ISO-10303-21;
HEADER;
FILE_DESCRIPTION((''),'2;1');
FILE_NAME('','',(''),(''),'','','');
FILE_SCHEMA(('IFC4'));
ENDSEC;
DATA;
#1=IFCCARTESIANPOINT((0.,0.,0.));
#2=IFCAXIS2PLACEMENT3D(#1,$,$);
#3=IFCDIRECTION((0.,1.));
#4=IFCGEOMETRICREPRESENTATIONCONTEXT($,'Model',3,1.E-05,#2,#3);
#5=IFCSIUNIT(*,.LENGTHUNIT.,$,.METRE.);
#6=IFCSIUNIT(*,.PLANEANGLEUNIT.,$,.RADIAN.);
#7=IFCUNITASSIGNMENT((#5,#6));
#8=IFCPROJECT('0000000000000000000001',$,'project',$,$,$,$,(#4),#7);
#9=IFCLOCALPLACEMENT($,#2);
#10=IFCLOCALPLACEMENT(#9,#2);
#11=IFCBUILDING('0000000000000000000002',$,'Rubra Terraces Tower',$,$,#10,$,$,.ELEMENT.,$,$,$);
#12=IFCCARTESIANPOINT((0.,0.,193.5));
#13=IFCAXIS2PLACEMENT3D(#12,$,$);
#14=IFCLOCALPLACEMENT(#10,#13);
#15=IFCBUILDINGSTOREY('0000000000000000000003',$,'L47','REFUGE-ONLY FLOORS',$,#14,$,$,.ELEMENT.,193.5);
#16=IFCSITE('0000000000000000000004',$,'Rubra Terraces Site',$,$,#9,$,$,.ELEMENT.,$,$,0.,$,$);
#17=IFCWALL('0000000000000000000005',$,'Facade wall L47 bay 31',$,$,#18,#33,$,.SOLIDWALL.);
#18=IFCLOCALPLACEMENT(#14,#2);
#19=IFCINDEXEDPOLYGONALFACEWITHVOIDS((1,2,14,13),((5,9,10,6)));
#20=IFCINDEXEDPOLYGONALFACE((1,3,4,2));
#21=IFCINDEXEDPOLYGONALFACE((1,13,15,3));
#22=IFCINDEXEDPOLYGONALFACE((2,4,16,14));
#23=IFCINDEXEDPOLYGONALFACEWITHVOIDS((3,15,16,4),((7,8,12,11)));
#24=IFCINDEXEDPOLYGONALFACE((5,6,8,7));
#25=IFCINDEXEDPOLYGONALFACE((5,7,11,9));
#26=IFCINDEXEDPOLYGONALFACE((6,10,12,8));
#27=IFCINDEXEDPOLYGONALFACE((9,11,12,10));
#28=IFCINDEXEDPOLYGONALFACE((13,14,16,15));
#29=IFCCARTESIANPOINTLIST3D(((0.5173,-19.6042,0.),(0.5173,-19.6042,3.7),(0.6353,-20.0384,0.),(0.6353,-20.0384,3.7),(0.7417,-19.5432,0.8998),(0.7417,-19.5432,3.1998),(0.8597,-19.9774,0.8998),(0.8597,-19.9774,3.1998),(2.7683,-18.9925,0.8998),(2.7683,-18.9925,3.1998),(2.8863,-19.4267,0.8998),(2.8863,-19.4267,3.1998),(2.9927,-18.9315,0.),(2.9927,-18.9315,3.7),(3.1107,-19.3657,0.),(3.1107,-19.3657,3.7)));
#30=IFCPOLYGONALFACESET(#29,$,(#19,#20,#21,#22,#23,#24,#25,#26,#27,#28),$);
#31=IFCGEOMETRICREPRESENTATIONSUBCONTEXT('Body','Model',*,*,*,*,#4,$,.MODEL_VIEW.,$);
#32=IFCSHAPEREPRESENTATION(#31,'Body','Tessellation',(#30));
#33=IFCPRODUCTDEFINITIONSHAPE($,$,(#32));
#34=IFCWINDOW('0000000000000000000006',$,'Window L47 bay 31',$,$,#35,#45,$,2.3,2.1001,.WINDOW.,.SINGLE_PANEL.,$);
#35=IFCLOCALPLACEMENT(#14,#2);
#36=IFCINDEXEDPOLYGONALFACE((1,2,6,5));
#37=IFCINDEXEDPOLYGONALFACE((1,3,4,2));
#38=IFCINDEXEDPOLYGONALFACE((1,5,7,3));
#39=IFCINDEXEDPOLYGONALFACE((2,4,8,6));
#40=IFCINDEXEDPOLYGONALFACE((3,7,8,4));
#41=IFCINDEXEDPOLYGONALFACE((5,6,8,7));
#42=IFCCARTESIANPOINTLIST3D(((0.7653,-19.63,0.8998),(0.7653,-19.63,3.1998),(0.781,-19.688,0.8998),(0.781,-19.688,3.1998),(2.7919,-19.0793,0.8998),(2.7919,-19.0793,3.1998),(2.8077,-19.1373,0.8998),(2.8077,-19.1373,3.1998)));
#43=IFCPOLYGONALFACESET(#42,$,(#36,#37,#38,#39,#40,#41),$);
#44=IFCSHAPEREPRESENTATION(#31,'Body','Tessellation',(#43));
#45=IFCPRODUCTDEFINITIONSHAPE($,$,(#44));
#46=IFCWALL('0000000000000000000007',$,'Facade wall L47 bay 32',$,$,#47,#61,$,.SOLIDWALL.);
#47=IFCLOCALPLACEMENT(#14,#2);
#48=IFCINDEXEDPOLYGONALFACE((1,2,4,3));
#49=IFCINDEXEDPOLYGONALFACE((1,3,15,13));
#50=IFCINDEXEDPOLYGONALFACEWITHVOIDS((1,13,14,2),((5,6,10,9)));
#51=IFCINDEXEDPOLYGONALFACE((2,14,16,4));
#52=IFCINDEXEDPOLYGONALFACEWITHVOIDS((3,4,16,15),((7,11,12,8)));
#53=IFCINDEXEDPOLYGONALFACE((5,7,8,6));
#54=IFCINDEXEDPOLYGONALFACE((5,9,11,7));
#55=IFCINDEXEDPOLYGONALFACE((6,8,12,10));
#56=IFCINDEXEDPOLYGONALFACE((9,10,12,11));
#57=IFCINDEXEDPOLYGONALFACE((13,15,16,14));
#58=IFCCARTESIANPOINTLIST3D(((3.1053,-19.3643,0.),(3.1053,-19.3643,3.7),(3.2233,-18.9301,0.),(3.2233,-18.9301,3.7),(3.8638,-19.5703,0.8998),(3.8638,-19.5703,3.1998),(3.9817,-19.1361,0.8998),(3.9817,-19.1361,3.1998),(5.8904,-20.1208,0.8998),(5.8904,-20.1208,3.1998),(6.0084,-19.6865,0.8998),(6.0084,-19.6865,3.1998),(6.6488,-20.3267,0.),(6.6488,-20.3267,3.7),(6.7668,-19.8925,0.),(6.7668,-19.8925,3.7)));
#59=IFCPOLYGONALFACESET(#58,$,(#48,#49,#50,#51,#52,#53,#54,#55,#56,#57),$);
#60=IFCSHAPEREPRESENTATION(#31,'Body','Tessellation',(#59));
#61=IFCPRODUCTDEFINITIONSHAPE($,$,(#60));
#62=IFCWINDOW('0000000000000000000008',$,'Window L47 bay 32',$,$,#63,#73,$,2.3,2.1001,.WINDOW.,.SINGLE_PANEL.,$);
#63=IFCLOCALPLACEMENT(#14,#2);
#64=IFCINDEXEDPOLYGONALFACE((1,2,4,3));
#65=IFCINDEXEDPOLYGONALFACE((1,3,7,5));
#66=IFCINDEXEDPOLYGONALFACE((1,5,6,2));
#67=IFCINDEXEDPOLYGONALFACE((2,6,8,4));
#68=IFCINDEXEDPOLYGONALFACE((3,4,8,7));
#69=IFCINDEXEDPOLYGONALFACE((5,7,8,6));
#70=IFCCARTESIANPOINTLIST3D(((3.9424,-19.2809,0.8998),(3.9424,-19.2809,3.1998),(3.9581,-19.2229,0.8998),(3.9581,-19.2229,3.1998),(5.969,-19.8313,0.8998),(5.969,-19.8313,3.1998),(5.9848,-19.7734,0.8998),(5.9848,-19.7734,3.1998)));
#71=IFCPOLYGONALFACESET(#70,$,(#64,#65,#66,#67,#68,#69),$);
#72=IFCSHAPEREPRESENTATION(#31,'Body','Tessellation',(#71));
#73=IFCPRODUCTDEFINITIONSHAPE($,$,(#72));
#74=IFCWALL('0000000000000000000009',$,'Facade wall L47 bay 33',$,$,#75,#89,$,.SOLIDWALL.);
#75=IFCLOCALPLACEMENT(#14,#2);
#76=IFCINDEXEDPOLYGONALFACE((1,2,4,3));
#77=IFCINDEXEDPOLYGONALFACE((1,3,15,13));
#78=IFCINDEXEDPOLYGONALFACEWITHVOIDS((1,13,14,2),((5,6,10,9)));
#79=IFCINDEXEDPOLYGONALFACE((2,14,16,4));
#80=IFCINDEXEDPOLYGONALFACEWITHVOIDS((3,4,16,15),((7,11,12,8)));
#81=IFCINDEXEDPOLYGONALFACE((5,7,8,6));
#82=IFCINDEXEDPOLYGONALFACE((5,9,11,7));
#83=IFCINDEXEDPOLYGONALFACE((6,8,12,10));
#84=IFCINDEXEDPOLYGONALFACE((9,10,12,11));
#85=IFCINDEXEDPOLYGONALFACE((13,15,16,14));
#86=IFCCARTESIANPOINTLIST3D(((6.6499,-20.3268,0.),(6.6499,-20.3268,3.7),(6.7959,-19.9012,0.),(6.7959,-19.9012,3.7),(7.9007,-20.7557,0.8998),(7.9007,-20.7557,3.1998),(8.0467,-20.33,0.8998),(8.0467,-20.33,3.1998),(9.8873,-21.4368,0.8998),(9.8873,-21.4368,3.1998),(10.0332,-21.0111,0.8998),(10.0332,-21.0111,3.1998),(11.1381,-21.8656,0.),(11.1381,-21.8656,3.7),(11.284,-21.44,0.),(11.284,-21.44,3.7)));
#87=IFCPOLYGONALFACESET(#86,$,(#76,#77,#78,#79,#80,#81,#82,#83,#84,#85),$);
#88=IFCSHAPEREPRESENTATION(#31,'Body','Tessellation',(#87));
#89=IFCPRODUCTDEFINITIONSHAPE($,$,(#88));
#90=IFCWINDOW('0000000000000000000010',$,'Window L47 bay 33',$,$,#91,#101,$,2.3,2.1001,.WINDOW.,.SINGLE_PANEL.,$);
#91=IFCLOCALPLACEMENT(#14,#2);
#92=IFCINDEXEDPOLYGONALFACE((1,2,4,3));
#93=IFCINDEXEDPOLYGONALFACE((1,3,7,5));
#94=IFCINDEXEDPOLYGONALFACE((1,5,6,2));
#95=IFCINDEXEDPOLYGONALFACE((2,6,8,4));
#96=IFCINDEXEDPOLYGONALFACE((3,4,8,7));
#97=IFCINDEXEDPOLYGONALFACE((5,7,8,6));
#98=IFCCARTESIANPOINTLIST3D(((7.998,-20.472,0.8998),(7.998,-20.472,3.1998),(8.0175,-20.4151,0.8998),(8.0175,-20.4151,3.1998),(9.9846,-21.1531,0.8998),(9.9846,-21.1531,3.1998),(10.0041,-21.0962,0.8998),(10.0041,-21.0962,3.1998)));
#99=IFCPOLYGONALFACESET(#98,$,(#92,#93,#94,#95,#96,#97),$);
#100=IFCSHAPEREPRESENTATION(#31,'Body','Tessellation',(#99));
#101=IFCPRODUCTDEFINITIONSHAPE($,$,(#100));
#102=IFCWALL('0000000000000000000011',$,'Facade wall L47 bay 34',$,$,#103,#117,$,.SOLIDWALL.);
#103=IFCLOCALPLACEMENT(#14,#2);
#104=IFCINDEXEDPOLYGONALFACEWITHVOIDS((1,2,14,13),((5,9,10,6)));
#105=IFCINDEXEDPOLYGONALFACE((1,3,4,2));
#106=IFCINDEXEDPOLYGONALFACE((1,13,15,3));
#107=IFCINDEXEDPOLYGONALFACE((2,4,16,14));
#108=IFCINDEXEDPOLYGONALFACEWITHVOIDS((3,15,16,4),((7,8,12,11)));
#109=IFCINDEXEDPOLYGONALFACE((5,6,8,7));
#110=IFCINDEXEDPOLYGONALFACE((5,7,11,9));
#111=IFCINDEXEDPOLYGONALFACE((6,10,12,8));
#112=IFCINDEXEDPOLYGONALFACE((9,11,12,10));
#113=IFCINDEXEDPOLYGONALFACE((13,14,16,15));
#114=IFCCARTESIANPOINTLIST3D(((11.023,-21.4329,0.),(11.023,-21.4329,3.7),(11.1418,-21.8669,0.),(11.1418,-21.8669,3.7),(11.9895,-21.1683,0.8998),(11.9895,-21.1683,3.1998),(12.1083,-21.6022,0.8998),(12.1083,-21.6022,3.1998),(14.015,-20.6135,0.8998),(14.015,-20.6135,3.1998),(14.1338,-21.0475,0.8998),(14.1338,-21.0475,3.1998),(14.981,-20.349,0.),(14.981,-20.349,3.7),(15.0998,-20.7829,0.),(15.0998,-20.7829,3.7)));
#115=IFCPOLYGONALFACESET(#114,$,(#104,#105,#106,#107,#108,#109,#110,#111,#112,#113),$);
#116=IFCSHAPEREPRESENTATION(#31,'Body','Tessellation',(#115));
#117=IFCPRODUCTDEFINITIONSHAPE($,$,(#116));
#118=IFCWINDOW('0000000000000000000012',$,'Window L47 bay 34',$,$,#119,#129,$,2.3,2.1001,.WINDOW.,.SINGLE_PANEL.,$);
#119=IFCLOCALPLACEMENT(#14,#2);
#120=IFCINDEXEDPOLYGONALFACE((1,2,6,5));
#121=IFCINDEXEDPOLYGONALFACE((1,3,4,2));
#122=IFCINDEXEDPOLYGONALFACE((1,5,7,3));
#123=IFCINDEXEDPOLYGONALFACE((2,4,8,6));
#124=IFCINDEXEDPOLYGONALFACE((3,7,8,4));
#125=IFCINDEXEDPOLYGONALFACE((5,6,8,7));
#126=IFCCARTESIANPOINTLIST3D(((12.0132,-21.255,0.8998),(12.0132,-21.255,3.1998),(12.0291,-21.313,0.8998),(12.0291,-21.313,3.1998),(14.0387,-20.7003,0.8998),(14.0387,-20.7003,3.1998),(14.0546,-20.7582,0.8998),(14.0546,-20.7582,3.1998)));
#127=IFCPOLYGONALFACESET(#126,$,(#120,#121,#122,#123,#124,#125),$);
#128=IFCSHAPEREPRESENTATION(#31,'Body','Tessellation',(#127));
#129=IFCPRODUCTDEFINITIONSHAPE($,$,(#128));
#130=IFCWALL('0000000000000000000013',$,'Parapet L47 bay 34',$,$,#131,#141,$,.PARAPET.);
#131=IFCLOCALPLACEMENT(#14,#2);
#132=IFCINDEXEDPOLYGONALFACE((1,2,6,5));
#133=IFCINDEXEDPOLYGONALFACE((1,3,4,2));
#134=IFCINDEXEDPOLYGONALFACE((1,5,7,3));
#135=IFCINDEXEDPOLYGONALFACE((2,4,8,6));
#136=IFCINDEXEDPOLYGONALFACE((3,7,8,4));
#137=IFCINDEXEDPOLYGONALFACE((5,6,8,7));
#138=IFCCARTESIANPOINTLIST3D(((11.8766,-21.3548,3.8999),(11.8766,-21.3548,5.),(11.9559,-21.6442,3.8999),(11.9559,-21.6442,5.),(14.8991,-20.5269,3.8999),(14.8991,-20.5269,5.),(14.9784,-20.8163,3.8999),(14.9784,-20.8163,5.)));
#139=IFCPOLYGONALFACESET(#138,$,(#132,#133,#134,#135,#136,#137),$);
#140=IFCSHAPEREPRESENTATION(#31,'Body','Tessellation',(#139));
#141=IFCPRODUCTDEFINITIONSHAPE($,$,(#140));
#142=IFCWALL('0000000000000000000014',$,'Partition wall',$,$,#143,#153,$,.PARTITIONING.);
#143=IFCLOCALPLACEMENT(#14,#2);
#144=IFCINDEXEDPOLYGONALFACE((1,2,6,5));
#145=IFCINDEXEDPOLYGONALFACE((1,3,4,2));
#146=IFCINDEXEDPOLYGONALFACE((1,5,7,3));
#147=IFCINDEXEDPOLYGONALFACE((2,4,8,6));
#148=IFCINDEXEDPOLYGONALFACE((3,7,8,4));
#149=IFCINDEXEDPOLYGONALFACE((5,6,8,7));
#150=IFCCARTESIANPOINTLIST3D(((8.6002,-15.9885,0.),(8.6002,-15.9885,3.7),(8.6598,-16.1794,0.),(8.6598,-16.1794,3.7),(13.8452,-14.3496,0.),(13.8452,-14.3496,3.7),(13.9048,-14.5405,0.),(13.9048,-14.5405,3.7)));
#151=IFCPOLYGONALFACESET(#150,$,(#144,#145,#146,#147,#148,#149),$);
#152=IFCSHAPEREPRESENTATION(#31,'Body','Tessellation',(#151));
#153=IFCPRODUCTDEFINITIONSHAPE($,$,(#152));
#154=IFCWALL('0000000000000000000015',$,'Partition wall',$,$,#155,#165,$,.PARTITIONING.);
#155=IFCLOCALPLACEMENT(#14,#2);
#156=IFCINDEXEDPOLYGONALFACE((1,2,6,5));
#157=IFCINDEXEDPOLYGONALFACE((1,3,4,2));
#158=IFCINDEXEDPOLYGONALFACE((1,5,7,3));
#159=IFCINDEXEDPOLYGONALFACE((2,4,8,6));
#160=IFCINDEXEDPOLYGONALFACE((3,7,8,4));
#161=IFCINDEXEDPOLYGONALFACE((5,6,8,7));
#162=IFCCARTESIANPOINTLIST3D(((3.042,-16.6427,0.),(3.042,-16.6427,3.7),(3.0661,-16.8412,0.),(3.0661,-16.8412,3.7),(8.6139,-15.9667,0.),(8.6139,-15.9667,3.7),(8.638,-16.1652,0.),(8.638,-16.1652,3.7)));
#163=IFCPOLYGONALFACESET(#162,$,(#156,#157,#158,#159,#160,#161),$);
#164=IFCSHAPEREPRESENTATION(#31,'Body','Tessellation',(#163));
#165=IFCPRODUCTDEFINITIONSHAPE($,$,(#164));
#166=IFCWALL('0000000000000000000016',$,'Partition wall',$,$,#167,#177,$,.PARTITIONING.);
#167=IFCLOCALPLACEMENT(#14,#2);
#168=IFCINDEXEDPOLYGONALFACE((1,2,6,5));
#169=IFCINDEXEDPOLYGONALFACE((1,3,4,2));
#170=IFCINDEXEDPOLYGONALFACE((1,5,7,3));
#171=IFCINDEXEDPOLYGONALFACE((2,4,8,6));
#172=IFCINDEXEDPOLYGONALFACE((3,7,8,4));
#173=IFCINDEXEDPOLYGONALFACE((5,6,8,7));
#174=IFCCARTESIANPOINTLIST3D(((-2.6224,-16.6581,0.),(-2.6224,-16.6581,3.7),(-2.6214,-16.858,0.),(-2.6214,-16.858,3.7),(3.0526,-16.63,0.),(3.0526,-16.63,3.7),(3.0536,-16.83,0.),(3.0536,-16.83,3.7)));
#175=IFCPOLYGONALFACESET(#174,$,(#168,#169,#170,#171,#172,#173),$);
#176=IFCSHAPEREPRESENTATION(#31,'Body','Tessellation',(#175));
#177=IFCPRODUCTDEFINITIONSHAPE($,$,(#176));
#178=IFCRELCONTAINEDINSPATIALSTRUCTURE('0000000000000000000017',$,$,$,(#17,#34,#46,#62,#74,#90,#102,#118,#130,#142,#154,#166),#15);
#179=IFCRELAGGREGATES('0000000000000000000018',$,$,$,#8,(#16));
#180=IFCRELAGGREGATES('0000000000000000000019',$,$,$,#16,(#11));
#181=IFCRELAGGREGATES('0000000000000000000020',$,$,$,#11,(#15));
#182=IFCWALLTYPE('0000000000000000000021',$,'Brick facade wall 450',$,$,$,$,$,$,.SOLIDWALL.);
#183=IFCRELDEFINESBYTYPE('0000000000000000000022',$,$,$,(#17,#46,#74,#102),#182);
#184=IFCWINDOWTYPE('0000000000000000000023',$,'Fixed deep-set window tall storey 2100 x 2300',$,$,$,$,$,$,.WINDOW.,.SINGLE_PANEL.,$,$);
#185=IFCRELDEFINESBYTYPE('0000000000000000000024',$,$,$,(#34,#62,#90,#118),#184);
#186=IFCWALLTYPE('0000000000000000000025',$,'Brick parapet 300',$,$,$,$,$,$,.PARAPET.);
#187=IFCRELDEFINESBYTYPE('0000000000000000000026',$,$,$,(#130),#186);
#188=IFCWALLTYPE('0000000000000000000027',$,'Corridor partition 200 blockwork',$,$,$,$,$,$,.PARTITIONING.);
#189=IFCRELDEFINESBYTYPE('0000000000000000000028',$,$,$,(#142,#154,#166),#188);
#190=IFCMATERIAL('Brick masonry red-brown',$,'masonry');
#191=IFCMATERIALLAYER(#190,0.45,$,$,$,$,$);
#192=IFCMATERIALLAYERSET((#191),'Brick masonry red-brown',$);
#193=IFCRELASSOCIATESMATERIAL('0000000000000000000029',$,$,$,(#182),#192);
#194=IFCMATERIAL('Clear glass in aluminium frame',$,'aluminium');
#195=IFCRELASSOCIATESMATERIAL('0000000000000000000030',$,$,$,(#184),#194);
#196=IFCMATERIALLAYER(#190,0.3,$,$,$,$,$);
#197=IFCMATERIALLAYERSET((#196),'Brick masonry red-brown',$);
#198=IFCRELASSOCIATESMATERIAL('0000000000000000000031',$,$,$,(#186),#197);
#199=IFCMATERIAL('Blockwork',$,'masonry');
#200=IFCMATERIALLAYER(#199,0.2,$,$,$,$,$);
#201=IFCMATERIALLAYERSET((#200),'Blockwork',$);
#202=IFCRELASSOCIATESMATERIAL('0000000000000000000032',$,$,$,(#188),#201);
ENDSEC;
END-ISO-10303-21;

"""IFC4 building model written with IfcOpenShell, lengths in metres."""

from ifc_helpers import new_model, si_unit, direction, frame, frame_2d, origin, place, context, subcontext, project, spatial, rectangle, extrude, material, layer, layer_set, type_object, element, fill, save


model = new_model("IFC4")

# Units and contexts
model_context = context("Model", 3, precision=1e-05, world=origin(), true_north=direction((0.0, 1.0)))
body_context = subcontext(model_context, "Body", "Model", "MODEL_VIEW")
ifc_project = project(units=[si_unit("LENGTHUNIT", "METRE"), si_unit("PLANEANGLEUNIT", "RADIAN")], contexts=[model_context])

# Site, building, storey
site_placement = place(None, origin())
site = spatial("IfcSite", under=ifc_project, at=site_placement, Name="Rubra Terraces Site", CompositionType="ELEMENT", RefElevation=0.0)
building_placement = place(site_placement, origin())
building = spatial("IfcBuilding", under=site, at=building_placement, Name="Rubra Terraces Tower", CompositionType="ELEMENT")
storey_placement = place(building_placement, frame((0.0, 0.0, 193.5)))
storey = spatial("IfcBuildingStorey", under=building, at=storey_placement, Name="L47", Description="REFUGE-ONLY FLOORS", CompositionType="ELEMENT", Elevation=193.5)

# Walls, openings, windows
ifc_material_1 = material(Name="Brick masonry red-brown", Category="masonry")
ifc_layer_1 = layer(ifc_material_1, 0.45)
ifc_layer_set_1 = layer_set([ifc_layer_1], Name="Brick masonry red-brown")
wall_type_1 = type_object("IfcWallType", Name="Brick facade wall 450", PredefinedType="SOLIDWALL", material=ifc_layer_set_1)
wall_1_placement = place(storey_placement, frame((0.5762, -19.8213, 0.0), z_axis=(0.0, 0.0, 1.0), x_axis=(0.965009, 0.262215, 0.0)))
wall_1 = element("IfcWall", 1, at=wall_1_placement, inside=storey, type_object=wall_type_1, Name="Facade wall L47 bay 31", PredefinedType="SOLIDWALL", context=body_context, shape_type="SweptSolid", body=[
    extrude(rectangle(XDim=2.5652, YDim=0.45, at=frame_2d((1.2827, 0.0))), origin(), (0.0, 0.0, 1.0), 3.7),
])
opening_1_placement = place(wall_1_placement, frame((0.2327, 0.0, 0.8999)))
opening_1 = element("IfcOpeningElement", 2, at=opening_1_placement, cuts=wall_1, PredefinedType="OPENING", context=body_context, shape_type="SweptSolid", body=[
    extrude(rectangle(XDim=2.1001, YDim=2.3, at=frame_2d((1.05, 1.1499))), frame((0.0, 0.2349, 0.0), z_axis=(0.0, -1.0, 0.0), x_axis=(1.0, 0.0, 0.0)), (0.0, 0.0, 1.0), 0.47),
])
ifc_material_2 = material(Name="Clear glass in aluminium frame", Category="aluminium")
window_type = type_object("IfcWindowType", Name="Fixed deep-set window tall storey 2100 x 2300", PartitioningType="SINGLE_PANEL", PredefinedType="WINDOW", material=ifc_material_2)
window_1_placement = place(opening_1_placement, origin())
window_1 = element("IfcWindow", 3, at=window_1_placement, inside=storey, type_object=window_type, Name="Window L47 bay 31", OverallHeight=2.3, OverallWidth=2.1001, PartitioningType="SINGLE_PANEL", PredefinedType="WINDOW", context=body_context, shape_type="SweptSolid", body=[
    extrude(rectangle(XDim=2.1001, YDim=2.3, at=frame_2d((1.05, 1.1499))), frame((0.0, 0.135, 0.0), z_axis=(0.0, -1.0, 0.0), x_axis=(1.0, 0.0, 0.0)), (0.0, 0.0, 1.0), 0.0601),
])
fill(opening_1, window_1)
wall_2_placement = place(storey_placement, frame((3.1643, -19.1472, 0.0), z_axis=(0.0, 0.0, 1.0), x_axis=(0.965039, -0.262105, 0.0)))
wall_2 = element("IfcWall", 4, at=wall_2_placement, inside=storey, type_object=wall_type_1, Name="Facade wall L47 bay 32", PredefinedType="SOLIDWALL", context=body_context, shape_type="SweptSolid", body=[
    extrude(rectangle(XDim=3.6719, YDim=0.45, at=frame_2d((1.8359, 0.0))), origin(), (0.0, 0.0, 1.0), 3.7),
])
opening_2_placement = place(wall_2_placement, frame((0.7859, 0.0, 0.8999)))
opening_2 = element("IfcOpeningElement", 5, at=opening_2_placement, cuts=wall_2, PredefinedType="OPENING", context=body_context, shape_type="SweptSolid", body=[
    extrude(rectangle(XDim=2.1001, YDim=2.3, at=frame_2d((1.05, 1.1499))), frame((0.0, 0.2349, 0.0), z_axis=(0.0, -1.0, 0.0), x_axis=(1.0, 0.0, 0.0)), (0.0, 0.0, 1.0), 0.47),
])
window_2_placement = place(opening_2_placement, origin())
window_2 = element("IfcWindow", 6, at=window_2_placement, inside=storey, type_object=window_type, Name="Window L47 bay 32", OverallHeight=2.3, OverallWidth=2.1001, PartitioningType="SINGLE_PANEL", PredefinedType="WINDOW", context=body_context, shape_type="SweptSolid", body=[
    extrude(rectangle(XDim=2.1001, YDim=2.3, at=frame_2d((1.05, 1.1499))), frame((0.0, 0.135, 0.0), z_axis=(0.0, -1.0, 0.0), x_axis=(1.0, 0.0, 0.0)), (0.0, 0.0, 1.0), 0.0601),
])
fill(opening_2, window_2)
wall_3_placement = place(storey_placement, frame((6.7229, -20.114, 0.0), z_axis=(0.0, 0.0, 1.0), x_axis=(0.945947, -0.32432, 0.0)))
wall_3 = element("IfcWall", 7, at=wall_3_placement, inside=storey, type_object=wall_type_1, Name="Facade wall L47 bay 33", PredefinedType="SOLIDWALL", context=body_context, shape_type="SweptSolid", body=[
    extrude(rectangle(XDim=4.7446, YDim=0.45, at=frame_2d((2.3723, 0.0))), origin(), (0.0, 0.0, 1.0), 3.7),
])
opening_3_placement = place(wall_3_placement, frame((1.3223, 0.0, 0.8999)))
opening_3 = element("IfcOpeningElement", 8, at=opening_3_placement, cuts=wall_3, PredefinedType="OPENING", context=body_context, shape_type="SweptSolid", body=[
    extrude(rectangle(XDim=2.1001, YDim=2.3, at=frame_2d((1.05, 1.1499))), frame((0.0, 0.2349, 0.0), z_axis=(0.0, -1.0, 0.0), x_axis=(1.0, 0.0, 0.0)), (0.0, 0.0, 1.0), 0.47),
])
window_3_placement = place(opening_3_placement, origin())
window_3 = element("IfcWindow", 9, at=window_3_placement, inside=storey, type_object=window_type, Name="Window L47 bay 33", OverallHeight=2.3, OverallWidth=2.1001, PartitioningType="SINGLE_PANEL", PredefinedType="WINDOW", context=body_context, shape_type="SweptSolid", body=[
    extrude(rectangle(XDim=2.1001, YDim=2.3, at=frame_2d((1.05, 1.1499))), frame((0.0, 0.135, 0.0), z_axis=(0.0, -1.0, 0.0), x_axis=(1.0, 0.0, 0.0)), (0.0, 0.0, 1.0), 0.0601),
])
fill(opening_3, window_3)
wall_4_placement = place(storey_placement, frame((11.0825, -21.6499, 0.0), z_axis=(0.0, 0.0, 1.0), x_axis=(0.964483, 0.264144, 0.0)))
wall_4 = element("IfcWall", 10, at=wall_4_placement, inside=storey, type_object=wall_type_1, Name="Facade wall L47 bay 34", PredefinedType="SOLIDWALL", context=body_context, shape_type="SweptSolid", body=[
    extrude(rectangle(XDim=4.1038, YDim=0.45, at=frame_2d((2.0518, 0.0))), origin(), (0.0, 0.0, 1.0), 3.7),
])
opening_4_placement = place(wall_4_placement, frame((1.002, 0.0, 0.8999)))
opening_4 = element("IfcOpeningElement", 11, at=opening_4_placement, cuts=wall_4, PredefinedType="OPENING", context=body_context, shape_type="SweptSolid", body=[
    extrude(rectangle(XDim=2.1001, YDim=2.3, at=frame_2d((1.05, 1.1499))), frame((0.0, 0.2349, 0.0), z_axis=(0.0, -1.0, 0.0), x_axis=(1.0, 0.0, 0.0)), (0.0, 0.0, 1.0), 0.47),
])
window_4_placement = place(opening_4_placement, origin())
window_4 = element("IfcWindow", 12, at=window_4_placement, inside=storey, type_object=window_type, Name="Window L47 bay 34", OverallHeight=2.3, OverallWidth=2.1001, PartitioningType="SINGLE_PANEL", PredefinedType="WINDOW", context=body_context, shape_type="SweptSolid", body=[
    extrude(rectangle(XDim=2.1001, YDim=2.3, at=frame_2d((1.05, 1.1499))), frame((0.0, 0.135, 0.0), z_axis=(0.0, -1.0, 0.0), x_axis=(1.0, 0.0, 0.0)), (0.0, 0.0, 1.0), 0.0601),
])
fill(opening_4, window_4)

# Walls
ifc_layer_2 = layer(ifc_material_1, 0.3)
ifc_layer_set_2 = layer_set([ifc_layer_2], Name="Brick masonry red-brown")
wall_type_2 = type_object("IfcWallType", Name="Brick parapet 300", PredefinedType="PARAPET", material=ifc_layer_set_2)
wall_5_placement = place(storey_placement, frame((11.9163, -21.4995, 3.8999), z_axis=(0.0, 0.0, 1.0), x_axis=(0.964474, 0.264179, 0.0)))
element("IfcWall", 13, at=wall_5_placement, inside=storey, type_object=wall_type_2, Name="Parapet L47 bay 34", PredefinedType="PARAPET", context=body_context, shape_type="SweptSolid", body=[
    extrude(rectangle(XDim=3.1338, YDim=0.3, at=frame_2d((1.5669, 0.0))), origin(), (0.0, 0.0, 1.0), 1.1001),
])
ifc_material_3 = material(Name="Blockwork", Category="masonry")
ifc_layer_3 = layer(ifc_material_3, 0.2)
ifc_layer_set_3 = layer_set([ifc_layer_3], Name="Blockwork")
wall_type_3 = type_object("IfcWallType", Name="Corridor partition 200 blockwork", PredefinedType="PARTITIONING", material=ifc_layer_set_3)
wall_6_placement = place(storey_placement, frame((13.875, -14.4451, 0.0), z_axis=(0.0, 0.0, 1.0), x_axis=(-0.954489, -0.298245, 0.0)))
element("IfcWall", 14, at=wall_6_placement, inside=storey, type_object=wall_type_3, Name="Partition wall", PredefinedType="PARTITIONING", context=body_context, shape_type="SweptSolid", body=[
    extrude(rectangle(XDim=5.4951, YDim=0.2, at=frame_2d((2.7476, 0.0))), origin(), (0.0, 0.0, 1.0), 3.7),
])
wall_7_placement = place(storey_placement, frame((8.626, -16.0659, 0.0), z_axis=(0.0, 0.0, 1.0), x_axis=(-0.99272, -0.120442, 0.0)))
element("IfcWall", 15, at=wall_7_placement, inside=storey, type_object=wall_type_3, Name="Partition wall", PredefinedType="PARTITIONING", context=body_context, shape_type="SweptSolid", body=[
    extrude(rectangle(XDim=5.6128, YDim=0.2, at=frame_2d((2.8064, 0.0))), origin(), (0.0, 0.0, 1.0), 3.7),
])
wall_8_placement = place(storey_placement, frame((3.053, -16.73, 0.0), z_axis=(0.0, 0.0, 1.0), x_axis=(-0.999988, -0.004947, 0.0)))
element("IfcWall", 16, at=wall_8_placement, inside=storey, type_object=wall_type_3, Name="Partition wall", PredefinedType="PARTITIONING", context=body_context, shape_type="SweptSolid", body=[
    extrude(rectangle(XDim=5.675, YDim=0.2, at=frame_2d((2.8374, 0.0))), origin(), (0.0, 0.0, 1.0), 3.7),
])

save(model, "model.ifc")
